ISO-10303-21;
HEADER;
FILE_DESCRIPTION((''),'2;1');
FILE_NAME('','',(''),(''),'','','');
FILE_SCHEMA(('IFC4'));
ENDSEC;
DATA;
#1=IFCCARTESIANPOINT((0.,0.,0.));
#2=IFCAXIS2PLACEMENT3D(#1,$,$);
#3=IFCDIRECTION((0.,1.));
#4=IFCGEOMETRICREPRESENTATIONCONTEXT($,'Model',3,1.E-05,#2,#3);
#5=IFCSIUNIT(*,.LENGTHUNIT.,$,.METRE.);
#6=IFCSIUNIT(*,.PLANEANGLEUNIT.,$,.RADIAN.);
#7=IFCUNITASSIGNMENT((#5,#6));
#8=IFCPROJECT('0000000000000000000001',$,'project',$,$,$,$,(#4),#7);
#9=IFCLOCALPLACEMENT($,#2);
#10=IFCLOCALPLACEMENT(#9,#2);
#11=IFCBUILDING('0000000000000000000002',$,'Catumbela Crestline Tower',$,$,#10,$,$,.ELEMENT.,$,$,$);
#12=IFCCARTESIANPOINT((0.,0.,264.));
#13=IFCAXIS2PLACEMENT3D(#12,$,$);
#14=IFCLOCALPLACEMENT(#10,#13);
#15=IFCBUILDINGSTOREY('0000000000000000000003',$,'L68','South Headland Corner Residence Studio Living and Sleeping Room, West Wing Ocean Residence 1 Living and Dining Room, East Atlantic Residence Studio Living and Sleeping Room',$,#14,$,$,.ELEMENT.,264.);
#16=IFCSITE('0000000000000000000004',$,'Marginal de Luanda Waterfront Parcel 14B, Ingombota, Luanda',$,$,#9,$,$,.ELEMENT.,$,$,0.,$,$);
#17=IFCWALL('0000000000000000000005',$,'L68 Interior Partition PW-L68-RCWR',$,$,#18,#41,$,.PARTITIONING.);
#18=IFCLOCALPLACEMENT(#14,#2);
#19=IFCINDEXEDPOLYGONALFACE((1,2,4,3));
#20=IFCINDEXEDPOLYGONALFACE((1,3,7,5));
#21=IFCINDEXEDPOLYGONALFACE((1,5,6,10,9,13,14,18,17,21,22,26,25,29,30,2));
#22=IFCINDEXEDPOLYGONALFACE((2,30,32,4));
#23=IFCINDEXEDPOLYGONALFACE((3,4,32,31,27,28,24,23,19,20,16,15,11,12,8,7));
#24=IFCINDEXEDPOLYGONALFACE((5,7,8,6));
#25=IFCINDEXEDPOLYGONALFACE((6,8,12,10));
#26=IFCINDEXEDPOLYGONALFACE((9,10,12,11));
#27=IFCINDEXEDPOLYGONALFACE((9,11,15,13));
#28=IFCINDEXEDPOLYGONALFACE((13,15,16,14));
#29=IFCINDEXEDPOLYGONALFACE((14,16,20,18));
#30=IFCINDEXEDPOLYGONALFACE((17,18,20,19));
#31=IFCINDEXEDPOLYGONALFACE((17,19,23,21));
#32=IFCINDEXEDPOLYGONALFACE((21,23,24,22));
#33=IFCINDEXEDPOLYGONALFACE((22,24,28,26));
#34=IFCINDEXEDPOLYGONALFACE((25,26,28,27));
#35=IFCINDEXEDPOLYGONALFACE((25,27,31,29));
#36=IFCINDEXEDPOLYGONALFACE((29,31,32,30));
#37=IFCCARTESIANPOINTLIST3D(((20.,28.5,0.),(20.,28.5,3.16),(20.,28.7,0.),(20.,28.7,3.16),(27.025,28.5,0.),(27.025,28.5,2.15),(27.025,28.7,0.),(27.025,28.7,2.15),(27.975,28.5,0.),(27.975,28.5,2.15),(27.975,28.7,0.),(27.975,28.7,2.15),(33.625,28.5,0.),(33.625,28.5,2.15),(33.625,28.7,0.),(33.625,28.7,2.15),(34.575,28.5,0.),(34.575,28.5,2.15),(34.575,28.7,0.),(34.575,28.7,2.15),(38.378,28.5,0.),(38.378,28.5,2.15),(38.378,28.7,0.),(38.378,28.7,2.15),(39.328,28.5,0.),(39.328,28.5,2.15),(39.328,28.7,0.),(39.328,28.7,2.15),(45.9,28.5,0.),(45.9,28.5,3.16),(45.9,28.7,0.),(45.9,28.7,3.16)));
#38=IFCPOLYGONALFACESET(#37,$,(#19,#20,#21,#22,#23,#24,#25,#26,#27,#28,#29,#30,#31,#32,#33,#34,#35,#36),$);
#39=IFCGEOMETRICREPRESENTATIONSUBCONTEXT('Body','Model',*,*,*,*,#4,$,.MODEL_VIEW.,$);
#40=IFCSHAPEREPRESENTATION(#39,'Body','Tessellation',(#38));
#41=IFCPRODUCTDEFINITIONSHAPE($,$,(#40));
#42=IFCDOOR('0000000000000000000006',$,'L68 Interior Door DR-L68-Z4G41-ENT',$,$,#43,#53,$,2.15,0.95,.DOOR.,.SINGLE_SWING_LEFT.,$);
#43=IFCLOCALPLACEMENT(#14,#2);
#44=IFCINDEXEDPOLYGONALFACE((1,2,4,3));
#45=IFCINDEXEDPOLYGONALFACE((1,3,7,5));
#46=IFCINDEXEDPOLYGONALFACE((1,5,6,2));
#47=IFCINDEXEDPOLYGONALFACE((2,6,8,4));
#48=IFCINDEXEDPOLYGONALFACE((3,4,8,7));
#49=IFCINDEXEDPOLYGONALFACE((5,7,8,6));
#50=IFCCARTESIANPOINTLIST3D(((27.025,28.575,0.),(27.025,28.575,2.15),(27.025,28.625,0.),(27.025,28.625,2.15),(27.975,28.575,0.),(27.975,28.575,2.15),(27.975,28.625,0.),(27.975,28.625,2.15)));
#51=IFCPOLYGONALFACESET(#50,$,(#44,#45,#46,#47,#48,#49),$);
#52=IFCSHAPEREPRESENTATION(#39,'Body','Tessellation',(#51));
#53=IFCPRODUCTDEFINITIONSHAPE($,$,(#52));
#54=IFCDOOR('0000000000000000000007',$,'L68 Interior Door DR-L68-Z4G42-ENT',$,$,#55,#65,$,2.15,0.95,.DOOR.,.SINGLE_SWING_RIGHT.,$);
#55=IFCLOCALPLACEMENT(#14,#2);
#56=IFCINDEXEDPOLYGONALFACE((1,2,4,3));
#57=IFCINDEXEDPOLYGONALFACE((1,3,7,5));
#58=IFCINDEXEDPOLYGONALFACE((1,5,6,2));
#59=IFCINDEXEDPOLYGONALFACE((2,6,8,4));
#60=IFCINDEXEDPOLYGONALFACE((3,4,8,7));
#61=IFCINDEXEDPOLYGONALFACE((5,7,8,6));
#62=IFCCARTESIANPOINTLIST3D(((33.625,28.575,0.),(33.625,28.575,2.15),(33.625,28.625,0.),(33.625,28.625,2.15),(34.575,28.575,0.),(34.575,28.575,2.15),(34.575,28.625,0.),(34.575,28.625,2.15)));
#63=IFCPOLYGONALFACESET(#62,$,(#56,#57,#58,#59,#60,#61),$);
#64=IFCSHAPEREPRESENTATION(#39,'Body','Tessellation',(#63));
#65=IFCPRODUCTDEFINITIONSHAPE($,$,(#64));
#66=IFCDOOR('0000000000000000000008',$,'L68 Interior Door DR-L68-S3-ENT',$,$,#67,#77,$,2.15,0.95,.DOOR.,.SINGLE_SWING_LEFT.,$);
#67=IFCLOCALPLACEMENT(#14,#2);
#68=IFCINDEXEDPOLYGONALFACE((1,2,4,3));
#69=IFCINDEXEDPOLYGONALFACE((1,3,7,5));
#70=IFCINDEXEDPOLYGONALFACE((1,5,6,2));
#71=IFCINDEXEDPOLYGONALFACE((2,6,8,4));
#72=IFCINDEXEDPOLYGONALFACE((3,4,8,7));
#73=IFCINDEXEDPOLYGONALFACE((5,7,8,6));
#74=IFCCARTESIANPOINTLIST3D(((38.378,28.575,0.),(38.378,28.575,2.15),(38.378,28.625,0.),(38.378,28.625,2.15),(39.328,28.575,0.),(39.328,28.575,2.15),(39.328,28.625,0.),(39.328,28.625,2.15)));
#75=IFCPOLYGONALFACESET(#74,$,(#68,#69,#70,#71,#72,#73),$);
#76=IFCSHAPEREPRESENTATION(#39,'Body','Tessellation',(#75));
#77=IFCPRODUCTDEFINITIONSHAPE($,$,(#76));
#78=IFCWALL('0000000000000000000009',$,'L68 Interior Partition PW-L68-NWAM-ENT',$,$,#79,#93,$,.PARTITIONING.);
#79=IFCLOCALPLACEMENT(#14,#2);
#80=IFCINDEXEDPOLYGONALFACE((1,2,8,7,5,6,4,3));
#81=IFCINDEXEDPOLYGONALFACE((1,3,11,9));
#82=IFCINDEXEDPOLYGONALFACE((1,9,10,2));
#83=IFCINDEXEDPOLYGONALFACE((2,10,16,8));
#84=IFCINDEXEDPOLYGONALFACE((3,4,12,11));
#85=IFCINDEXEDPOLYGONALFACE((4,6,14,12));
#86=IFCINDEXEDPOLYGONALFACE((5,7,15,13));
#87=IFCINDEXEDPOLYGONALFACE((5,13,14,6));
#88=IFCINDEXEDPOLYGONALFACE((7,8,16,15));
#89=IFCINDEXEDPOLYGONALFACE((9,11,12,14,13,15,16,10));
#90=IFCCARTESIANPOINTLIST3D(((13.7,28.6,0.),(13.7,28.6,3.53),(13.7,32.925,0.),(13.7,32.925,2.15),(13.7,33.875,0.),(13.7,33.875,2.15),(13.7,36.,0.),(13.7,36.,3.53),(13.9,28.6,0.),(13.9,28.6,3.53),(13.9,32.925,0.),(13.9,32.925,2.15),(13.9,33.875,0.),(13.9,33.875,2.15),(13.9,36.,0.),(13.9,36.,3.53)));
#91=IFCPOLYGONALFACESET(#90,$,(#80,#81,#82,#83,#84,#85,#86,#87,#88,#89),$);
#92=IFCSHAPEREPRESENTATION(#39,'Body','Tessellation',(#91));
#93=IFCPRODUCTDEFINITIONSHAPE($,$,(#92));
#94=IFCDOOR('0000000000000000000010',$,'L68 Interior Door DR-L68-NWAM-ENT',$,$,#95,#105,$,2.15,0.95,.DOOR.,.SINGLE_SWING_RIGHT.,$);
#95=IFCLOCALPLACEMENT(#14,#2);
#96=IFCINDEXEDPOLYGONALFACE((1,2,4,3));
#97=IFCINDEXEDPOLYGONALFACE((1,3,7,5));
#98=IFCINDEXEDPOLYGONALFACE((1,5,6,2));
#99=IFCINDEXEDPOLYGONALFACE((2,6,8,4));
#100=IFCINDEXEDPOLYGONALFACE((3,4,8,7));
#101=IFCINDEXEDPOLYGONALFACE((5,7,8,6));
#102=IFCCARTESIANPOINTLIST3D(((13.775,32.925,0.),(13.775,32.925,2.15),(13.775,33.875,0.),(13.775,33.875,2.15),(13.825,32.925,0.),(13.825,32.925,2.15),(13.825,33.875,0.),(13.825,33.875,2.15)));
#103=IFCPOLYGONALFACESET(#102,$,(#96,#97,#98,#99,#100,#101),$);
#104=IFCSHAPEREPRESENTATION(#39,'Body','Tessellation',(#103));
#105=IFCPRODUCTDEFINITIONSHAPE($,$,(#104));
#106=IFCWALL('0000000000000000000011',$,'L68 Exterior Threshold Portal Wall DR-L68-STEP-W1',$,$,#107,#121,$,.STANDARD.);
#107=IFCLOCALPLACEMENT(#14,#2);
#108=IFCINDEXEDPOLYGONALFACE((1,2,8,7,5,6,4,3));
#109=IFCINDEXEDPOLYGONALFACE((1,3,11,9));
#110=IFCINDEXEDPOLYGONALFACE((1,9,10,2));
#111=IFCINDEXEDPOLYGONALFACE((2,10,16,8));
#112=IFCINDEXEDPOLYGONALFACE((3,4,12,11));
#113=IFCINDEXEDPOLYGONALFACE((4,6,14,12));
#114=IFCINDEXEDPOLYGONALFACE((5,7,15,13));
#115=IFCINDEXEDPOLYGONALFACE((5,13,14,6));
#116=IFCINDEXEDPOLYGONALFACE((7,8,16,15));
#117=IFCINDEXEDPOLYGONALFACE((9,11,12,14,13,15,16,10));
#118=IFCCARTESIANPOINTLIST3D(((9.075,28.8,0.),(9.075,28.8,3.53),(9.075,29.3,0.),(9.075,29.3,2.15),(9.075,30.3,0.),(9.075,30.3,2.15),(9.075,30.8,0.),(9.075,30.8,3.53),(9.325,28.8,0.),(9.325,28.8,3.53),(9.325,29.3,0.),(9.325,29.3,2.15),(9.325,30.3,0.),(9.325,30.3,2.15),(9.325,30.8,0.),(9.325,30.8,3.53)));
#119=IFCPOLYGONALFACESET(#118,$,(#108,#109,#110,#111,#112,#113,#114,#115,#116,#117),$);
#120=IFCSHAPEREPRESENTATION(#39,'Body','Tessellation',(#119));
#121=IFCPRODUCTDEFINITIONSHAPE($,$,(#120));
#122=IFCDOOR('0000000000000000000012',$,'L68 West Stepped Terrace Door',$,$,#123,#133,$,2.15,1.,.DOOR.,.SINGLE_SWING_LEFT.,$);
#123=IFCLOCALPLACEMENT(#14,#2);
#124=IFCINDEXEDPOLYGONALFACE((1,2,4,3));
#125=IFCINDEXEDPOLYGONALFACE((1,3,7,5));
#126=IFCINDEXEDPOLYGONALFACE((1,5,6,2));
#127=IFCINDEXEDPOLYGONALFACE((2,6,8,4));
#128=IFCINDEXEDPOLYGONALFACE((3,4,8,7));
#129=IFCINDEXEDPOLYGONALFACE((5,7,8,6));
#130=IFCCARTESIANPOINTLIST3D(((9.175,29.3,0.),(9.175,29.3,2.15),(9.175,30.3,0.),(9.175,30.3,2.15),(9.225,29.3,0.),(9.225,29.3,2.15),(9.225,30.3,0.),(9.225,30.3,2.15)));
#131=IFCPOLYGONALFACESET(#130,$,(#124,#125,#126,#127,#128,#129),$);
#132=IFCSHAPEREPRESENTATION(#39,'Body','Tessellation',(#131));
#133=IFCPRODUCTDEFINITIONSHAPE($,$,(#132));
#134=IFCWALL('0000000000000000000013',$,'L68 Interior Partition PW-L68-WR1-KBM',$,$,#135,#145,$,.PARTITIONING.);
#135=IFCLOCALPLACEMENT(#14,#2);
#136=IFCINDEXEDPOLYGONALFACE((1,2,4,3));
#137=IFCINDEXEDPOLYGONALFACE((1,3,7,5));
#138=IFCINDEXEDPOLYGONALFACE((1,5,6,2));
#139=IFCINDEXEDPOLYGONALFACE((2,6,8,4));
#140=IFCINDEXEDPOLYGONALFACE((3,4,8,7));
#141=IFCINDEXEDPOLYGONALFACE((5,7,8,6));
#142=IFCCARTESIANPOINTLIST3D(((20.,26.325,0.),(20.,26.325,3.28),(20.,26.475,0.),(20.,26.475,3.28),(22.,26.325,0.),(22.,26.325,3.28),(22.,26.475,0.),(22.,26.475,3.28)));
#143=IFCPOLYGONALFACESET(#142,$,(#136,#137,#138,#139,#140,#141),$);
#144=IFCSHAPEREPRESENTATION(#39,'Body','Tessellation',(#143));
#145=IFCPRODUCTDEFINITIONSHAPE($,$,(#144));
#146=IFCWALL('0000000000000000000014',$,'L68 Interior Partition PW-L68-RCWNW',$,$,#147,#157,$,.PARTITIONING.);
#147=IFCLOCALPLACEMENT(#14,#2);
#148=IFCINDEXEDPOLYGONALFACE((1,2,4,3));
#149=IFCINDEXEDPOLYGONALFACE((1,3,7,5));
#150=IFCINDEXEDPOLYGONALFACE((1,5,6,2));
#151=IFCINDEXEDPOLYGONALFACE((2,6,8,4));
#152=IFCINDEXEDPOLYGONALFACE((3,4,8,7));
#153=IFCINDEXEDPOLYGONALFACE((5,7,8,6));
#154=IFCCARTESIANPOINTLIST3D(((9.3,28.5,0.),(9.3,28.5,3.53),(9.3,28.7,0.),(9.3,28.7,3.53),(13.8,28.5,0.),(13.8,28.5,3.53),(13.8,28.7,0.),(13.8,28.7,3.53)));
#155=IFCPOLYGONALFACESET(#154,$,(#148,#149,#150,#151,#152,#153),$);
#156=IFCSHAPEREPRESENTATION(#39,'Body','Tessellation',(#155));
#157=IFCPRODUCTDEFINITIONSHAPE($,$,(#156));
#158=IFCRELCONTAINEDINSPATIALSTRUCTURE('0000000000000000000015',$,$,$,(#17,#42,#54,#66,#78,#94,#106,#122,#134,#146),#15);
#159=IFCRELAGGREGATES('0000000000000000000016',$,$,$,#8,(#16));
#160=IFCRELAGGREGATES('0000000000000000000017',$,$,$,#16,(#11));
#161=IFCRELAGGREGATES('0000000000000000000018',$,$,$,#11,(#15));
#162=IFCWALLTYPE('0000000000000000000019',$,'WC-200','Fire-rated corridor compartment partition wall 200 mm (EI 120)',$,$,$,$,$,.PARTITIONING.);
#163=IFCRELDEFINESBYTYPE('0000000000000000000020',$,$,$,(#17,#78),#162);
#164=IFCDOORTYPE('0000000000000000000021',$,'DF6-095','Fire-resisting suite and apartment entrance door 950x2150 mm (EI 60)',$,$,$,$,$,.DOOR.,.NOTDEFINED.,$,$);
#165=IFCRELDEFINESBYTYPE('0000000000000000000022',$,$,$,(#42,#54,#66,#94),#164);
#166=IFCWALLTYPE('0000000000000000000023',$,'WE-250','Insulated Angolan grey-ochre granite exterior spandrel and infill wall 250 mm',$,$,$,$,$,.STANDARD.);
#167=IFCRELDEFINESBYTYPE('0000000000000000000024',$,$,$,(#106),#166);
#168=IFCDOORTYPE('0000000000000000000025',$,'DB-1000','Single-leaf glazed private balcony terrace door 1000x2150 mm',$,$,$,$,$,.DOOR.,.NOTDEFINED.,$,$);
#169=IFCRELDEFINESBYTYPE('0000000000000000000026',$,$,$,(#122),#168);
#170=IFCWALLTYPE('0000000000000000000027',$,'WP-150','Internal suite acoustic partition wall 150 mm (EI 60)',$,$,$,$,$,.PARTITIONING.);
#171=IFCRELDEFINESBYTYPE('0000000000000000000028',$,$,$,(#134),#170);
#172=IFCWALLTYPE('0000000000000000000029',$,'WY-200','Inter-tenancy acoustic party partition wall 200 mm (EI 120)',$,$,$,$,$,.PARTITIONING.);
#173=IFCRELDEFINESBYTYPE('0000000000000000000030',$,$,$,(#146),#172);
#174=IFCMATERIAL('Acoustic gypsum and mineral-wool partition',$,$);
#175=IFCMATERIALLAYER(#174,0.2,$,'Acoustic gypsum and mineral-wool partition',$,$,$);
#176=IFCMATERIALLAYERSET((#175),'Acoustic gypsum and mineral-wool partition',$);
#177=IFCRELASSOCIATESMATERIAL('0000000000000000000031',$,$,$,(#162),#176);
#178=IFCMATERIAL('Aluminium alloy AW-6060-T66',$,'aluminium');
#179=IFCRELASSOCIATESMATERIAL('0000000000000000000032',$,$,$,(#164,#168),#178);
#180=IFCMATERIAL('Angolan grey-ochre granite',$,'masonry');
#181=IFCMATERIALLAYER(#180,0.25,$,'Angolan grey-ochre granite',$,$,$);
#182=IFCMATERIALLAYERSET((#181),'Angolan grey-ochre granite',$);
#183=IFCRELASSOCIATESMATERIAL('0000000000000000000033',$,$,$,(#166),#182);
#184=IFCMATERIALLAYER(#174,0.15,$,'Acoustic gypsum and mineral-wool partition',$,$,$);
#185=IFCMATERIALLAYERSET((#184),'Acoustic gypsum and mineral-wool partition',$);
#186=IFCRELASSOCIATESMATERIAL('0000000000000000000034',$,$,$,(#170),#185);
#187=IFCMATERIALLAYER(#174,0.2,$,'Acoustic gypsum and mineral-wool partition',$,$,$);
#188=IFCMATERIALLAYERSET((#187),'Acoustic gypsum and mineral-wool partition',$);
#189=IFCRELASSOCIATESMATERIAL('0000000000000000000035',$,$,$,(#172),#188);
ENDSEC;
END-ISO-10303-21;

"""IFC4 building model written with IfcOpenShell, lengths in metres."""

from ifc_helpers import new_model, si_unit, direction, frame, frame_2d, origin, place, context, subcontext, project, spatial, rectangle, extrude, material, layer, layer_set, type_object, element, fill, save


model = new_model("IFC4")

# Units and contexts
model_context = context("Model", 3, precision=1e-05, world=origin(), true_north=direction((0.0, 1.0)))
body_context = subcontext(model_context, "Body", "Model", "MODEL_VIEW")
ifc_project = project(units=[si_unit("LENGTHUNIT", "METRE"), si_unit("PLANEANGLEUNIT", "RADIAN")], contexts=[model_context])

# Site, building, storey
site_placement = place(None, origin())
site = spatial("IfcSite", under=ifc_project, at=site_placement, Name="Marginal de Luanda Waterfront Parcel 14B, Ingombota, Luanda", CompositionType="ELEMENT", RefElevation=0.0)
building_placement = place(site_placement, origin())
building = spatial("IfcBuilding", under=site, at=building_placement, Name="Catumbela Crestline Tower", CompositionType="ELEMENT")
storey_placement = place(building_placement, frame((0.0, 0.0, 264.0)))
storey = spatial("IfcBuildingStorey", under=building, at=storey_placement, Name="L68", Description="South Headland Corner Residence Studio Living and Sleeping Room, West Wing Ocean Residence 1 Living and Dining Room, East Atlantic Residence Studio Living and Sleeping Room", CompositionType="ELEMENT", Elevation=264.0)

# Shared definitions
ifc_material_1 = material(Name="Aluminium alloy AW-6060-T66", Category="aluminium")

# Shared definitions
ifc_material_2 = material(Name="Acoustic gypsum and mineral-wool partition")
ifc_layer_1 = layer(ifc_material_2, 0.2, Name="Acoustic gypsum and mineral-wool partition")
ifc_layer_set_1 = layer_set([ifc_layer_1], Name="Acoustic gypsum and mineral-wool partition")
wall_type_1 = type_object("IfcWallType", Name="WC-200", Description="Fire-rated corridor compartment partition wall 200 mm (EI 120)", PredefinedType="PARTITIONING", material=ifc_layer_set_1)

# Wall, openings, doors
wall_1_placement = place(storey_placement, frame((20.0, 28.6, 0.0), z_axis=(0.0, 0.0, 1.0), x_axis=(1.0, 0.0, 0.0)))
wall_1 = element("IfcWall", 1, at=wall_1_placement, inside=storey, type_object=wall_type_1, Name="L68 Interior Partition PW-L68-RCWR", PredefinedType="PARTITIONING", context=body_context, shape_type="SweptSolid", body=[
    extrude(rectangle(XDim=25.9, YDim=0.2, at=frame_2d((12.95, 0.0))), origin(), (0.0, 0.0, 1.0), 3.16),
])
opening_1_placement = place(wall_1_placement, frame((7.025, 0.0, 0.0)))
opening_1 = element("IfcOpeningElement", 2, at=opening_1_placement, cuts=wall_1, PredefinedType="OPENING", context=body_context, shape_type="SweptSolid", body=[
    extrude(rectangle(XDim=0.95, YDim=2.15, at=frame_2d((0.475, 1.075))), frame((0.0, 0.11, 0.0), z_axis=(0.0, -1.0, 0.0), x_axis=(1.0, 0.0, 0.0)), (0.0, 0.0, 1.0), 0.22),
])
opening_2_placement = place(wall_1_placement, frame((13.625, 0.0, 0.0)))
opening_2 = element("IfcOpeningElement", 3, at=opening_2_placement, cuts=wall_1, PredefinedType="OPENING", context=body_context, shape_type="SweptSolid", body=[
    extrude(rectangle(XDim=0.95, YDim=2.15, at=frame_2d((0.475, 1.075))), frame((0.0, 0.11, 0.0), z_axis=(0.0, -1.0, 0.0), x_axis=(1.0, 0.0, 0.0)), (0.0, 0.0, 1.0), 0.22),
])
opening_3_placement = place(wall_1_placement, frame((18.378, 0.0, 0.0)))
opening_3 = element("IfcOpeningElement", 4, at=opening_3_placement, cuts=wall_1, PredefinedType="OPENING", context=body_context, shape_type="SweptSolid", body=[
    extrude(rectangle(XDim=0.95, YDim=2.15, at=frame_2d((0.475, 1.075))), frame((0.0, 0.11, 0.0), z_axis=(0.0, -1.0, 0.0), x_axis=(1.0, 0.0, 0.0)), (0.0, 0.0, 1.0), 0.22),
])
door_type_1 = type_object("IfcDoorType", Name="DF6-095", Description="Fire-resisting suite and apartment entrance door 950x2150 mm (EI 60)", OperationType="NOTDEFINED", PredefinedType="DOOR", material=ifc_material_1)
door_1_placement = place(opening_1_placement, origin())
door_1 = element("IfcDoor", 5, at=door_1_placement, inside=storey, type_object=door_type_1, Name="L68 Interior Door DR-L68-Z4G41-ENT", OperationType="SINGLE_SWING_LEFT", OverallHeight=2.15, OverallWidth=0.95, PredefinedType="DOOR", context=body_context, shape_type="SweptSolid", body=[
    extrude(rectangle(XDim=0.95, YDim=2.15, at=frame_2d((0.475, 1.075))), frame((0.0, 0.025, 0.0), z_axis=(0.0, -1.0, 0.0), x_axis=(1.0, 0.0, 0.0)), (0.0, 0.0, 1.0), 0.05),
])
fill(opening_1, door_1)
door_2_placement = place(opening_2_placement, origin())
door_2 = element("IfcDoor", 6, at=door_2_placement, inside=storey, type_object=door_type_1, Name="L68 Interior Door DR-L68-Z4G42-ENT", OperationType="SINGLE_SWING_RIGHT", OverallHeight=2.15, OverallWidth=0.95, PredefinedType="DOOR", context=body_context, shape_type="SweptSolid", body=[
    extrude(rectangle(XDim=0.95, YDim=2.15, at=frame_2d((0.475, 1.075))), frame((0.0, 0.025, 0.0), z_axis=(0.0, -1.0, 0.0), x_axis=(1.0, 0.0, 0.0)), (0.0, 0.0, 1.0), 0.05),
])
fill(opening_2, door_2)
door_3_placement = place(opening_3_placement, origin())
door_3 = element("IfcDoor", 7, at=door_3_placement, inside=storey, type_object=door_type_1, Name="L68 Interior Door DR-L68-S3-ENT", OperationType="SINGLE_SWING_LEFT", OverallHeight=2.15, OverallWidth=0.95, PredefinedType="DOOR", context=body_context, shape_type="SweptSolid", body=[
    extrude(rectangle(XDim=0.95, YDim=2.15, at=frame_2d((0.475, 1.075))), frame((0.0, 0.025, 0.0), z_axis=(0.0, -1.0, 0.0), x_axis=(1.0, 0.0, 0.0)), (0.0, 0.0, 1.0), 0.05),
])
fill(opening_3, door_3)

# Walls, openings, doors
wall_2_placement = place(storey_placement, frame((13.8, 28.6, 0.0), z_axis=(0.0, 0.0, 1.0), x_axis=(0.0, 1.0, 0.0)))
wall_2 = element("IfcWall", 8, at=wall_2_placement, inside=storey, type_object=wall_type_1, Name="L68 Interior Partition PW-L68-NWAM-ENT", PredefinedType="PARTITIONING", context=body_context, shape_type="SweptSolid", body=[
    extrude(rectangle(XDim=7.4, YDim=0.2, at=frame_2d((3.7, 0.0))), origin(), (0.0, 0.0, 1.0), 3.53),
])
opening_4_placement = place(wall_2_placement, frame((4.325, 0.0, 0.0)))
opening_4 = element("IfcOpeningElement", 9, at=opening_4_placement, cuts=wall_2, PredefinedType="OPENING", context=body_context, shape_type="SweptSolid", body=[
    extrude(rectangle(XDim=0.95, YDim=2.15, at=frame_2d((0.475, 1.075))), frame((0.0, 0.11, 0.0), z_axis=(0.0, -1.0, 0.0), x_axis=(1.0, 0.0, 0.0)), (0.0, 0.0, 1.0), 0.22),
])
door_4_placement = place(opening_4_placement, origin())
door_4 = element("IfcDoor", 10, at=door_4_placement, inside=storey, type_object=door_type_1, Name="L68 Interior Door DR-L68-NWAM-ENT", OperationType="SINGLE_SWING_RIGHT", OverallHeight=2.15, OverallWidth=0.95, PredefinedType="DOOR", context=body_context, shape_type="SweptSolid", body=[
    extrude(rectangle(XDim=0.95, YDim=2.15, at=frame_2d((0.475, 1.075))), frame((0.0, 0.025, 0.0), z_axis=(0.0, -1.0, 0.0), x_axis=(1.0, 0.0, 0.0)), (0.0, 0.0, 1.0), 0.05),
])
fill(opening_4, door_4)
ifc_material_3 = material(Name="Angolan grey-ochre granite", Category="masonry")
ifc_layer_2 = layer(ifc_material_3, 0.25, Name="Angolan grey-ochre granite")
ifc_layer_set_2 = layer_set([ifc_layer_2], Name="Angolan grey-ochre granite")
wall_type_2 = type_object("IfcWallType", Name="WE-250", Description="Insulated Angolan grey-ochre granite exterior spandrel and infill wall 250 mm", PredefinedType="STANDARD", material=ifc_layer_set_2)
wall_3_placement = place(storey_placement, frame((9.2, 30.8, 0.0), z_axis=(0.0, 0.0, 1.0), x_axis=(0.0, -1.0, 0.0)))
wall_3 = element("IfcWall", 11, at=wall_3_placement, inside=storey, type_object=wall_type_2, Name="L68 Exterior Threshold Portal Wall DR-L68-STEP-W1", PredefinedType="STANDARD", context=body_context, shape_type="SweptSolid", body=[
    extrude(rectangle(XDim=2.0, YDim=0.25, at=frame_2d((1.0, 0.0))), origin(), (0.0, 0.0, 1.0), 3.53),
])
opening_5_placement = place(wall_3_placement, frame((0.5, 0.0, 0.0)))
opening_5 = element("IfcOpeningElement", 12, at=opening_5_placement, cuts=wall_3, PredefinedType="OPENING", context=body_context, shape_type="SweptSolid", body=[
    extrude(rectangle(XDim=1.0, YDim=2.15, at=frame_2d((0.5, 1.075))), frame((0.0, 0.135, 0.0), z_axis=(0.0, -1.0, 0.0), x_axis=(1.0, 0.0, 0.0)), (0.0, 0.0, 1.0), 0.27),
])
door_type_2 = type_object("IfcDoorType", Name="DB-1000", Description="Single-leaf glazed private balcony terrace door 1000x2150 mm", OperationType="NOTDEFINED", PredefinedType="DOOR", material=ifc_material_1)
door_5_placement = place(opening_5_placement, origin())
door_5 = element("IfcDoor", 13, at=door_5_placement, inside=storey, type_object=door_type_2, Name="L68 West Stepped Terrace Door", OperationType="SINGLE_SWING_LEFT", OverallHeight=2.15, OverallWidth=1.0, PredefinedType="DOOR", context=body_context, shape_type="SweptSolid", body=[
    extrude(rectangle(XDim=1.0, YDim=2.15, at=frame_2d((0.5, 1.075))), frame((0.0, 0.025, 0.0), z_axis=(0.0, -1.0, 0.0), x_axis=(1.0, 0.0, 0.0)), (0.0, 0.0, 1.0), 0.05),
])
fill(opening_5, door_5)

# Walls
ifc_layer_3 = layer(ifc_material_2, 0.15, Name="Acoustic gypsum and mineral-wool partition")
ifc_layer_set_3 = layer_set([ifc_layer_3], Name="Acoustic gypsum and mineral-wool partition")
wall_type_3 = type_object("IfcWallType", Name="WP-150", Description="Internal suite acoustic partition wall 150 mm (EI 60)", PredefinedType="PARTITIONING", material=ifc_layer_set_3)
wall_4_placement = place(storey_placement, frame((20.0, 26.4, 0.0), z_axis=(0.0, 0.0, 1.0), x_axis=(1.0, 0.0, 0.0)))
element("IfcWall", 14, at=wall_4_placement, inside=storey, type_object=wall_type_3, Name="L68 Interior Partition PW-L68-WR1-KBM", PredefinedType="PARTITIONING", context=body_context, shape_type="SweptSolid", body=[
    extrude(rectangle(XDim=2.0, YDim=0.15, at=frame_2d((1.0, 0.0))), origin(), (0.0, 0.0, 1.0), 3.28),
])
ifc_layer_4 = layer(ifc_material_2, 0.2, Name="Acoustic gypsum and mineral-wool partition")
ifc_layer_set_4 = layer_set([ifc_layer_4], Name="Acoustic gypsum and mineral-wool partition")
wall_type_4 = type_object("IfcWallType", Name="WY-200", Description="Inter-tenancy acoustic party partition wall 200 mm (EI 120)", PredefinedType="PARTITIONING", material=ifc_layer_set_4)
wall_5_placement = place(storey_placement, frame((9.3, 28.6, 0.0), z_axis=(0.0, 0.0, 1.0), x_axis=(1.0, 0.0, 0.0)))
element("IfcWall", 15, at=wall_5_placement, inside=storey, type_object=wall_type_4, Name="L68 Interior Partition PW-L68-RCWNW", PredefinedType="PARTITIONING", context=body_context, shape_type="SweptSolid", body=[
    extrude(rectangle(XDim=4.5, YDim=0.2, at=frame_2d((2.25, 0.0))), origin(), (0.0, 0.0, 1.0), 3.53),
])

save(model, "model.ifc")
